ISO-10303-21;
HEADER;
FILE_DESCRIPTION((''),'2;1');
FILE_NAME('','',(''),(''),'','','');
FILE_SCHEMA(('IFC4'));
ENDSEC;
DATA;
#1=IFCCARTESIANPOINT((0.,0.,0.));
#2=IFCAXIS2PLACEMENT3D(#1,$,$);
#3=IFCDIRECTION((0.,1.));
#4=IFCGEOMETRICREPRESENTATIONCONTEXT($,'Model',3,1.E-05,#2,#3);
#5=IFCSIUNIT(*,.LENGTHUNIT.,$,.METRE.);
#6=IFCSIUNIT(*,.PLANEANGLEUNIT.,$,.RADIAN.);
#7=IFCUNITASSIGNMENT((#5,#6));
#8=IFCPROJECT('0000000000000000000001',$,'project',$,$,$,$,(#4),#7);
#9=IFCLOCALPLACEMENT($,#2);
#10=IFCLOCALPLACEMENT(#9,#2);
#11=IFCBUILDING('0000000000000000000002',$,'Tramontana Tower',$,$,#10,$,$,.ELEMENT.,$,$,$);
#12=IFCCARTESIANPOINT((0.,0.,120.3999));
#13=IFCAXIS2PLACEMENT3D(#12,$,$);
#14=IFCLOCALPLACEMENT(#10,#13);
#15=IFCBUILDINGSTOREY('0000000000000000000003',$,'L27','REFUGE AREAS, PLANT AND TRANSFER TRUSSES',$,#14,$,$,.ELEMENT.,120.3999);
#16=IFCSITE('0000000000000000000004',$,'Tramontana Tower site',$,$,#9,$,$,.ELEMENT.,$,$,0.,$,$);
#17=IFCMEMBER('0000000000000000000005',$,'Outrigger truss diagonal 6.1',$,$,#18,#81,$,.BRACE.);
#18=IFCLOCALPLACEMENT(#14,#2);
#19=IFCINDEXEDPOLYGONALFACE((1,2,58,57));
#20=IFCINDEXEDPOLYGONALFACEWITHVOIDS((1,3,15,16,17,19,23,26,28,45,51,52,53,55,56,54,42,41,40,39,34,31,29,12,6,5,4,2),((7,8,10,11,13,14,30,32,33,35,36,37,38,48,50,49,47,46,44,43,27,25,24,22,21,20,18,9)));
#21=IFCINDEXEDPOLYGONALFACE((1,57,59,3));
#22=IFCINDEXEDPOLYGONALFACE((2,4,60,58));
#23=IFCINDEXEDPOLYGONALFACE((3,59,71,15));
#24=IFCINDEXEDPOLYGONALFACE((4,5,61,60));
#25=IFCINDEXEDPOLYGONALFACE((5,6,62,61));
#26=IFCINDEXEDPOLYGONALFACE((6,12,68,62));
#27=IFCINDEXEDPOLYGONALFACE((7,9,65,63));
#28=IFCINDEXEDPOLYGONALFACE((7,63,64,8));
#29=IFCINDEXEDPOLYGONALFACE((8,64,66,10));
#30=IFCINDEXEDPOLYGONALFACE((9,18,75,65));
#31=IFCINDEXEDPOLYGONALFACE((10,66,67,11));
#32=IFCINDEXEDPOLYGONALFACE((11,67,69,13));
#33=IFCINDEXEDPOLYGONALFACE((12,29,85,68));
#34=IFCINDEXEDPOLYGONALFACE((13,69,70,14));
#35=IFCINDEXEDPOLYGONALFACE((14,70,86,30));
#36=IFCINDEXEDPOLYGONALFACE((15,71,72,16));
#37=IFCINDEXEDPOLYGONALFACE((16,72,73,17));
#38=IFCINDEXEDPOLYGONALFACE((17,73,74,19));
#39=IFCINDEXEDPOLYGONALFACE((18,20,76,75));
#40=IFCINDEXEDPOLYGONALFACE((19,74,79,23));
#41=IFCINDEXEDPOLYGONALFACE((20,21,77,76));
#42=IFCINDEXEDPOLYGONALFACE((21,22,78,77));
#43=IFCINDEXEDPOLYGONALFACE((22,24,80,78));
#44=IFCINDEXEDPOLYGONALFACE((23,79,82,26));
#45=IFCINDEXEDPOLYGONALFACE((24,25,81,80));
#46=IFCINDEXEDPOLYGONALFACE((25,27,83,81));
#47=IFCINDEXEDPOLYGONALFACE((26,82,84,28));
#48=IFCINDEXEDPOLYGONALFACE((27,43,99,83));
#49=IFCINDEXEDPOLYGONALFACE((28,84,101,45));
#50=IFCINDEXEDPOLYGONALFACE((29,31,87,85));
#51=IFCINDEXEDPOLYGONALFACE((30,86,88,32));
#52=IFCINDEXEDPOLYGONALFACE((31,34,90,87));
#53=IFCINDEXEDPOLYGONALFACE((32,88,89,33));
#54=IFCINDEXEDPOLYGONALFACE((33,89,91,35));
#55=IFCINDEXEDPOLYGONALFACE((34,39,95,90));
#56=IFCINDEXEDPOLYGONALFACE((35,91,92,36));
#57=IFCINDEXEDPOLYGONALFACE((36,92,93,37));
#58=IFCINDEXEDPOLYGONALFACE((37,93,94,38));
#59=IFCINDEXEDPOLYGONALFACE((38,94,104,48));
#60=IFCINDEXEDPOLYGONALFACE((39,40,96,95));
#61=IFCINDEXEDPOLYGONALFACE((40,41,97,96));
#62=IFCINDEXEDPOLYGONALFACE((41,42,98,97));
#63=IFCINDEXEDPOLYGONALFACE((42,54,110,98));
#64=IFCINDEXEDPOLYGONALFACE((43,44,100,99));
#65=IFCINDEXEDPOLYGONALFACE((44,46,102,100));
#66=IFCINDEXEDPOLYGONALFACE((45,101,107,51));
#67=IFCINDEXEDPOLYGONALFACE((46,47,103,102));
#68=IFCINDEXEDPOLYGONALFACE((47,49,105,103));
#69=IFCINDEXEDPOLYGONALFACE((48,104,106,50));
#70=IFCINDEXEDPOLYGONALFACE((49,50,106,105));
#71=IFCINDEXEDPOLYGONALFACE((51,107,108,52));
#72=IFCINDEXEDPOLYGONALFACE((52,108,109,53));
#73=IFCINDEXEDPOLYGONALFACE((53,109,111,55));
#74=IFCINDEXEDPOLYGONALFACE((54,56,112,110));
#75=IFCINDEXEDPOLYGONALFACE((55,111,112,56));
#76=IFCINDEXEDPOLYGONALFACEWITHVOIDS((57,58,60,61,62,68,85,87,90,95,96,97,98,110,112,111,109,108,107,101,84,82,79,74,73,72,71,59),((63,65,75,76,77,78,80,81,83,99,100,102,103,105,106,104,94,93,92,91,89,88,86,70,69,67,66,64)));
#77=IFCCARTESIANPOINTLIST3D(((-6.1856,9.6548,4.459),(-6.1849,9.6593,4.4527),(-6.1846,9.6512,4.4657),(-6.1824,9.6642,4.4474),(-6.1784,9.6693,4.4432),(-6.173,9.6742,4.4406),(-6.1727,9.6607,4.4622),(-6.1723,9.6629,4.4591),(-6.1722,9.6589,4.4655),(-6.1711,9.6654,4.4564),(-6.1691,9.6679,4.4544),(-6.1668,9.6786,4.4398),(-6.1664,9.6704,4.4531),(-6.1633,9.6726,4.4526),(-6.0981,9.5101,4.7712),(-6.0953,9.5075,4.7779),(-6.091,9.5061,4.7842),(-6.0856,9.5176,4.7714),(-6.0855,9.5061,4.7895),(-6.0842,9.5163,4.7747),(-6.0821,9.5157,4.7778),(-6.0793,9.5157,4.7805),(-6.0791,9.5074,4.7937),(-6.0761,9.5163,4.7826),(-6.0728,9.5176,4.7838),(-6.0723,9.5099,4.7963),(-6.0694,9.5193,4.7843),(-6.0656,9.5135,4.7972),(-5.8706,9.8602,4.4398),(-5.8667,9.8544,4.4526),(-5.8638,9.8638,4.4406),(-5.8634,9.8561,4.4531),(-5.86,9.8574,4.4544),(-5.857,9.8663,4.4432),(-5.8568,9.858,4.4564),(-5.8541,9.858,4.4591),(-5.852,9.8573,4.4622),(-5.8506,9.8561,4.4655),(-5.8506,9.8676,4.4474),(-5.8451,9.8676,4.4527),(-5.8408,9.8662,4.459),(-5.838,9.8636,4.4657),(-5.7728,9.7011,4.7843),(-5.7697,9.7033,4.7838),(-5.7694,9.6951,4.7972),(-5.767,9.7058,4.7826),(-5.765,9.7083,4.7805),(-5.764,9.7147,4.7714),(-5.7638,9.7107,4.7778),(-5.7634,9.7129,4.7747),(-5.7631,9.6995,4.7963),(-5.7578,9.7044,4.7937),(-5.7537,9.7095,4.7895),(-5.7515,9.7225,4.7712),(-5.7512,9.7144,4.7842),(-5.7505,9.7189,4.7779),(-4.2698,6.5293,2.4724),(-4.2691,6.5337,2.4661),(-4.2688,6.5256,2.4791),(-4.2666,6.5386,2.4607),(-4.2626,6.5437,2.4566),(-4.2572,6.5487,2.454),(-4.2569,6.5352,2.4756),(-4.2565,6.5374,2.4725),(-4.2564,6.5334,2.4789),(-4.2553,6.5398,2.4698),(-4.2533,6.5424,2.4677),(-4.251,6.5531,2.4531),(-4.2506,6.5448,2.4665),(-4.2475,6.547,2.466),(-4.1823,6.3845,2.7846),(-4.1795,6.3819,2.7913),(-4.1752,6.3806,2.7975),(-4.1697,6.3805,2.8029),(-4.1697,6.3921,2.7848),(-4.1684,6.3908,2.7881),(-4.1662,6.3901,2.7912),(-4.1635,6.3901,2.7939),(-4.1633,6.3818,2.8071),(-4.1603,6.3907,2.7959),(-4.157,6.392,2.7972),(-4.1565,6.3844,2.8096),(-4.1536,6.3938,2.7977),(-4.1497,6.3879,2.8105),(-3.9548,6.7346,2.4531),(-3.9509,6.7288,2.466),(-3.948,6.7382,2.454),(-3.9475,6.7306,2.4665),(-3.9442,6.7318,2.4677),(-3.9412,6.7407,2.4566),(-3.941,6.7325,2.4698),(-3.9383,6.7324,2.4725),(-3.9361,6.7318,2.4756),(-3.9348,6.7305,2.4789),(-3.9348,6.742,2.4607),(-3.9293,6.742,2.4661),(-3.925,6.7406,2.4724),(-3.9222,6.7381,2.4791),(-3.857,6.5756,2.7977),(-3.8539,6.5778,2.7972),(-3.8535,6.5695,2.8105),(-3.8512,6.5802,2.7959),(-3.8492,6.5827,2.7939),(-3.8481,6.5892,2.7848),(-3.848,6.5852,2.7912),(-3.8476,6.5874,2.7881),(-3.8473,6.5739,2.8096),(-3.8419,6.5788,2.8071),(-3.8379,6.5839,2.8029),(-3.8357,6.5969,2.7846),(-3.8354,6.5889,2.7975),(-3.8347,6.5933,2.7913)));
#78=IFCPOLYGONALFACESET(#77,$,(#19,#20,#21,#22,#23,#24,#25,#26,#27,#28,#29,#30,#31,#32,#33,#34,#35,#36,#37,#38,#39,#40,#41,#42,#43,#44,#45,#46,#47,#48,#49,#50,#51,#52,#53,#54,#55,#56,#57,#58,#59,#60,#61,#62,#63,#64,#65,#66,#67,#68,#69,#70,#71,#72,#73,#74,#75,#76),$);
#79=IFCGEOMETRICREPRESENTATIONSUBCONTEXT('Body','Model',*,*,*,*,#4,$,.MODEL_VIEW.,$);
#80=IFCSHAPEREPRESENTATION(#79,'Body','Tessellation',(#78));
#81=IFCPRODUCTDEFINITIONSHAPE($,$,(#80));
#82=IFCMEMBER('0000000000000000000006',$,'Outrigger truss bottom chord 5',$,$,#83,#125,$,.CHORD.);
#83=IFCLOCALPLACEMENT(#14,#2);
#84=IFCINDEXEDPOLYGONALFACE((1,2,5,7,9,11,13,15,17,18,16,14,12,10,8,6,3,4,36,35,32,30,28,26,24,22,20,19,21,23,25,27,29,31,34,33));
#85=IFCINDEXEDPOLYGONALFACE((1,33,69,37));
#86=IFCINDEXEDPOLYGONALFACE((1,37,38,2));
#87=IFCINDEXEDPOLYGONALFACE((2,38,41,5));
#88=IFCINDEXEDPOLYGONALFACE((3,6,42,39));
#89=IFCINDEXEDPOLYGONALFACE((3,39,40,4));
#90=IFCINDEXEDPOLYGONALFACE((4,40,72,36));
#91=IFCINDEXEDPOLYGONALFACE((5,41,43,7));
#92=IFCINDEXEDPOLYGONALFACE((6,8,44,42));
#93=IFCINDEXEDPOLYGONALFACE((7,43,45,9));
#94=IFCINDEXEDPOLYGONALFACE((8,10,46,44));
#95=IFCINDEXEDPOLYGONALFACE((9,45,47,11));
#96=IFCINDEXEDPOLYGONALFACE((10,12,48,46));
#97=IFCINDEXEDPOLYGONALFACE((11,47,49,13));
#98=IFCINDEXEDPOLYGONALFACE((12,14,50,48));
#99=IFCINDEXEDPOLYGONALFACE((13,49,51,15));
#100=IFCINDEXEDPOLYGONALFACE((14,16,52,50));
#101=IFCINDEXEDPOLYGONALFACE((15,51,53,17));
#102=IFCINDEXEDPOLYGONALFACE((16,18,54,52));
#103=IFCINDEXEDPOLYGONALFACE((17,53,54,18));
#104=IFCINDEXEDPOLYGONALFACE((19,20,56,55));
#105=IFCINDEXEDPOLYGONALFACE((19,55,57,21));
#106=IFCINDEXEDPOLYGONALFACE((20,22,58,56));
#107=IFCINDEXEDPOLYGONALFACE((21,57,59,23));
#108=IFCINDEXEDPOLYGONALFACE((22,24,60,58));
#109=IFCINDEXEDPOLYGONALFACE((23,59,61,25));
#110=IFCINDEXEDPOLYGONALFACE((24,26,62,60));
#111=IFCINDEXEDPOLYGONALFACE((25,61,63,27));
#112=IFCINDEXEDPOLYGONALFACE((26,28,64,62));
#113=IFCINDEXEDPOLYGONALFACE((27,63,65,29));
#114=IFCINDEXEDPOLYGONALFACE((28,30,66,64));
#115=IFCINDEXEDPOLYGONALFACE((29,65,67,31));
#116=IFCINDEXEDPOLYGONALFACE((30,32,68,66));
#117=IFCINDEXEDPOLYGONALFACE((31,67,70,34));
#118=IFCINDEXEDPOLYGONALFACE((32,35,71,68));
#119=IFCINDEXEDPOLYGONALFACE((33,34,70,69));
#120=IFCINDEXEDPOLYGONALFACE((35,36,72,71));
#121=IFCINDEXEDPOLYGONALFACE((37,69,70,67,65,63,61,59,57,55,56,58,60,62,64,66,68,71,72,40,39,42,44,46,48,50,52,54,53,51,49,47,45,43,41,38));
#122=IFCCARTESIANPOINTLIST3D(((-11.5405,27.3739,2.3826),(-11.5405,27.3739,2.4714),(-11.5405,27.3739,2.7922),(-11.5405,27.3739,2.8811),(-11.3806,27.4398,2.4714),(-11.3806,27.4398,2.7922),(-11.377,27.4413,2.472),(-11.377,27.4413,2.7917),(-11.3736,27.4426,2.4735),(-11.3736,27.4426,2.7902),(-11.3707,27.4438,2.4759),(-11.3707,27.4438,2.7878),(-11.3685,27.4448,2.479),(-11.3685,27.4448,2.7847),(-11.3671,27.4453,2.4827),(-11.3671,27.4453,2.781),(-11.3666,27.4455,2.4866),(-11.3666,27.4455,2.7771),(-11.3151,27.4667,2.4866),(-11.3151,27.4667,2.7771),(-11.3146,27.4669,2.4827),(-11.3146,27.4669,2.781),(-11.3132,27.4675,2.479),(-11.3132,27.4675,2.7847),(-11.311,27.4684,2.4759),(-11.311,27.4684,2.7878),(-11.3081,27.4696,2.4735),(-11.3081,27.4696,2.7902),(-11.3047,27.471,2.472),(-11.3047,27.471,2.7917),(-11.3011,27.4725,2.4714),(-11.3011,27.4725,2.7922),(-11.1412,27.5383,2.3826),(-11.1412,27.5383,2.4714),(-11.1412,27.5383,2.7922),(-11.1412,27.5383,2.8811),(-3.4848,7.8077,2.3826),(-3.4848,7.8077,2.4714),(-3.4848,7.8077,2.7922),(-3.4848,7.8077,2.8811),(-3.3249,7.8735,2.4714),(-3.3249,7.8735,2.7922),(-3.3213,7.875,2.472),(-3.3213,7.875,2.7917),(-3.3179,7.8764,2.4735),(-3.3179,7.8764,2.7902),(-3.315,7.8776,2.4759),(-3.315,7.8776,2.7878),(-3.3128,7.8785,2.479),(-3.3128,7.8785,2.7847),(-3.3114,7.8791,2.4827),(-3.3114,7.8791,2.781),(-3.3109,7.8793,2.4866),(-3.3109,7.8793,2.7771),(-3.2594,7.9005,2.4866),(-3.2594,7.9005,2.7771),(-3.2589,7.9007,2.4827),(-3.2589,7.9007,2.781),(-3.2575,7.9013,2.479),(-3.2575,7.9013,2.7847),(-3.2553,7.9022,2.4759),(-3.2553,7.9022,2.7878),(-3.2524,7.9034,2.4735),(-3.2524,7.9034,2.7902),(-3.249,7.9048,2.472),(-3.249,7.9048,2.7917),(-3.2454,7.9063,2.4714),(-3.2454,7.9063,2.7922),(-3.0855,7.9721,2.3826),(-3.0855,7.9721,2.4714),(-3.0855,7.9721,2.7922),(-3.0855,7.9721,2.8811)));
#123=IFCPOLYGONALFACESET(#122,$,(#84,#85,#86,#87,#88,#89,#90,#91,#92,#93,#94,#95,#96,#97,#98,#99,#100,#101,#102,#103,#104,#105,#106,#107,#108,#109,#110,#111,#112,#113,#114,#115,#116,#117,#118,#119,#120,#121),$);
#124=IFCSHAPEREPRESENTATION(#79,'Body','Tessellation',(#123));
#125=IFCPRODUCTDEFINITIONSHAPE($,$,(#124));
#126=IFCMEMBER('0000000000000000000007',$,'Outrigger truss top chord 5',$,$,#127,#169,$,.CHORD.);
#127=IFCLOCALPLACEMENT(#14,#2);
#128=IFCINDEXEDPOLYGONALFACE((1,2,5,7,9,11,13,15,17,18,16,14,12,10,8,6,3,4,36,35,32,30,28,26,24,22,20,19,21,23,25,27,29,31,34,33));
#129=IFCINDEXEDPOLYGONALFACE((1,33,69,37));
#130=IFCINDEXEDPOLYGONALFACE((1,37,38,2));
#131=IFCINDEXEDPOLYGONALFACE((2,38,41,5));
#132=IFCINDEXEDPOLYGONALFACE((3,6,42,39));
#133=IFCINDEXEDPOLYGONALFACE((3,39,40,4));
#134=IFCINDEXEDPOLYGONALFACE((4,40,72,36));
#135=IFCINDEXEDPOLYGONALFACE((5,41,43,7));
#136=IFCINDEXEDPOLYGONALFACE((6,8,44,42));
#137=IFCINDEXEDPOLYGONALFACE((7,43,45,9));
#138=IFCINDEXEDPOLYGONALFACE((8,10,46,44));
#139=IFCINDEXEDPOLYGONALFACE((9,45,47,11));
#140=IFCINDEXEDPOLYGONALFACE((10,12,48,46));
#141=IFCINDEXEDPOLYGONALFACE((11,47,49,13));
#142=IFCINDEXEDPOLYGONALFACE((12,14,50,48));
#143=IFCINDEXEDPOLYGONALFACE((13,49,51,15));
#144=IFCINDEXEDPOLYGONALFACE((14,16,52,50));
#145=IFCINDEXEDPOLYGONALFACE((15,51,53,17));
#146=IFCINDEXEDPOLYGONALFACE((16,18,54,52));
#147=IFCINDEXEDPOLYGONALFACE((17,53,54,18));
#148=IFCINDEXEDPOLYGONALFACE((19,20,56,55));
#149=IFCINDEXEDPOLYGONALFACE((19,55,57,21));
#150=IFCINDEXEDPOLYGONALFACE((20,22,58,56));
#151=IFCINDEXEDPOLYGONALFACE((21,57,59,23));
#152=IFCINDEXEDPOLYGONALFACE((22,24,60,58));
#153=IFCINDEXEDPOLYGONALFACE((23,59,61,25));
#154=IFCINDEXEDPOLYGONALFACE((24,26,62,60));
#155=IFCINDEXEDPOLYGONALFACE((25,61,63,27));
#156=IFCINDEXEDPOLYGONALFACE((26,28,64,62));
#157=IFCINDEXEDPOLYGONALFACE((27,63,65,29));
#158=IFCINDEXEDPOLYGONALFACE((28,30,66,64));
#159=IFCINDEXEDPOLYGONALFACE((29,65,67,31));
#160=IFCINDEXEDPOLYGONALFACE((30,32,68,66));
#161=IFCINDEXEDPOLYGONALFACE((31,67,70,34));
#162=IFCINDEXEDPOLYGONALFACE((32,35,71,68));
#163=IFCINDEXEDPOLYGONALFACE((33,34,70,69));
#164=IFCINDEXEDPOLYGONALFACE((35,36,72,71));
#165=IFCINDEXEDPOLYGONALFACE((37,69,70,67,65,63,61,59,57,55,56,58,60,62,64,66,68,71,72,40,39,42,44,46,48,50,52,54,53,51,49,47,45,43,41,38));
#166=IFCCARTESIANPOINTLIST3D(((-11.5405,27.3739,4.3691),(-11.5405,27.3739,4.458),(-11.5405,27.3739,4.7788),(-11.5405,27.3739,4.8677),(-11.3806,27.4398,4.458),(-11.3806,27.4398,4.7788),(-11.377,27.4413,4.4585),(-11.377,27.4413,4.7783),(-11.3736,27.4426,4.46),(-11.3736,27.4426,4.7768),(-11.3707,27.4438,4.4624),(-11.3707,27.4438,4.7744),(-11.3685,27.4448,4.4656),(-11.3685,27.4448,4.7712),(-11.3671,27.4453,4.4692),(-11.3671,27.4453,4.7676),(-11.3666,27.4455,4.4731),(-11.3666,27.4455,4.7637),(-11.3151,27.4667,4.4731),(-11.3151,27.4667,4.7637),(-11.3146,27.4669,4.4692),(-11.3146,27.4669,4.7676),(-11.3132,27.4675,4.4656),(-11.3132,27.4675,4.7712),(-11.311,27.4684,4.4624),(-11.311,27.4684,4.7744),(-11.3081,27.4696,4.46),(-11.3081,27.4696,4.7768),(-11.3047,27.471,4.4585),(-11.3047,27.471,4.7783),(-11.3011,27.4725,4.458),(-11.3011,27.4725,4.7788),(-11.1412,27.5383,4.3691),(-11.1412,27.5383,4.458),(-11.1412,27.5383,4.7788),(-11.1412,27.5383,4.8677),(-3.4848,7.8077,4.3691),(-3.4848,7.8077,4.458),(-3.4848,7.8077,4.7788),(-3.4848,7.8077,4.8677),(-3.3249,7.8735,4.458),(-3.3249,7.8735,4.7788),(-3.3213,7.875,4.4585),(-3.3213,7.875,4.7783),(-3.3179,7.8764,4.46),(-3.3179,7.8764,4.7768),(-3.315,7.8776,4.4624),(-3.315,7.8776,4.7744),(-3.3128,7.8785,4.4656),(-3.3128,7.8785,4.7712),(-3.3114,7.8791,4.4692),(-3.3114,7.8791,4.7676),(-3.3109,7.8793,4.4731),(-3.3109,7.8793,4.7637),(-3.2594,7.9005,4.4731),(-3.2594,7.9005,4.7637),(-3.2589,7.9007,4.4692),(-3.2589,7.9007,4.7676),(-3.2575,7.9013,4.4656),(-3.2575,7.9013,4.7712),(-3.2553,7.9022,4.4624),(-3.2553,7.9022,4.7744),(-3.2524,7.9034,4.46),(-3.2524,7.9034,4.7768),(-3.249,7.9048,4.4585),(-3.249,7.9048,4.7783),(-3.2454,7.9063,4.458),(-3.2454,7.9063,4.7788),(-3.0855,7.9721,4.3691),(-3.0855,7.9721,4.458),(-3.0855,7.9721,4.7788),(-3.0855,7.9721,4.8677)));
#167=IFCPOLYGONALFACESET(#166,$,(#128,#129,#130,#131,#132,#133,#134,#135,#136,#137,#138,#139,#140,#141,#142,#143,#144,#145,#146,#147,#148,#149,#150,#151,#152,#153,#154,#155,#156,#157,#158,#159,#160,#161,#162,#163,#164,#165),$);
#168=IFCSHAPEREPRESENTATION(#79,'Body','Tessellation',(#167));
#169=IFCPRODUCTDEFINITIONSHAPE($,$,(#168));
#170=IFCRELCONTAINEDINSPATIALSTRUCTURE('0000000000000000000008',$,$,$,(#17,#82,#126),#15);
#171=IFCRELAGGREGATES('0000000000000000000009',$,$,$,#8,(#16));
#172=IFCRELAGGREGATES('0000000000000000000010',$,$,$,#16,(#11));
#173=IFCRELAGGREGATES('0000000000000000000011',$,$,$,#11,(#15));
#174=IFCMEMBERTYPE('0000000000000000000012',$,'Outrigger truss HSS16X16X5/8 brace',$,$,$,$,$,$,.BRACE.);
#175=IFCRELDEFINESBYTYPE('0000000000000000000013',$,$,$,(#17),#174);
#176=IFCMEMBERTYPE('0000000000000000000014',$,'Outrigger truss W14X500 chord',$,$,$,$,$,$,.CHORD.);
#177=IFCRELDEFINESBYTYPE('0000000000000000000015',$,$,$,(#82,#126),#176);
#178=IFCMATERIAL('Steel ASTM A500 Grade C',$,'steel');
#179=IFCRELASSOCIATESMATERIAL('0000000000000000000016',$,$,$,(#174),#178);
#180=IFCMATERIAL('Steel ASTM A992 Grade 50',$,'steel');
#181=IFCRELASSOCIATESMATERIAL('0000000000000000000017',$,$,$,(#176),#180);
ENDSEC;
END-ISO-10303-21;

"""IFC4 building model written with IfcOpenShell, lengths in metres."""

from ifc_helpers import new_model, si_unit, direction, frame, origin, origin_2d, place, context, subcontext, project, spatial, hollow_rectangle, i_section, extrude, material, material_profile, profile_set, type_object, element, save


model = new_model("IFC4")

# Units and contexts
model_context = context("Model", 3, precision=1e-05, world=origin(), true_north=direction((0.0, 1.0)))
body_context = subcontext(model_context, "Body", "Model", "MODEL_VIEW")
ifc_project = project(units=[si_unit("LENGTHUNIT", "METRE"), si_unit("PLANEANGLEUNIT", "RADIAN")], contexts=[model_context])

# Site, building, storey
site_placement = place(None, origin())
site = spatial("IfcSite", under=ifc_project, at=site_placement, Name="Tramontana Tower site", CompositionType="ELEMENT", RefElevation=0.0)
building_placement = place(site_placement, origin())
building = spatial("IfcBuilding", under=site, at=building_placement, Name="Tramontana Tower", CompositionType="ELEMENT")
storey_placement = place(building_placement, frame((0.0, 0.0, 120.3999)))
storey = spatial("IfcBuildingStorey", under=building, at=storey_placement, Name="L27", Description="REFUGE AREAS, PLANT AND TRANSFER TRUSSES", CompositionType="ELEMENT", Elevation=120.3999)

# Members
ifc_material_1 = material(Name="Steel ASTM A500 Grade C", Category="steel")
ifc_material_profile_1 = material_profile(ifc_material_1, hollow_rectangle(XDim=0.4065, YDim=0.4065, WallThickness=0.0146, InnerFilletRadius=0.0146, OuterFilletRadius=0.0295, at=origin_2d()), Name="HSS16X16X5/8")
ifc_profile_set_1 = profile_set([ifc_material_profile_1], Name="Steel ASTM A500 Grade C")
member_type_1 = type_object("IfcMemberType", Name="Outrigger truss HSS16X16X5/8 brace", PredefinedType="BRACE", material=ifc_profile_set_1)
member_placement = place(storey_placement, frame((-4.0522, 6.5613, 2.6318), z_axis=(-0.459465, 0.749595, 0.476445), x_axis=(-0.852583, -0.522592, 0.0)))
element("IfcMember", 1, at=member_placement, inside=storey, type_object=member_type_1, Name="Outrigger truss diagonal 6.1", PredefinedType="BRACE", context=body_context, shape_type="SweptSolid", body=[
    extrude(hollow_rectangle(XDim=0.4065, YDim=0.4065, WallThickness=0.0146, InnerFilletRadius=0.0146, OuterFilletRadius=0.0295, at=origin_2d()), origin(), (0.0, 0.0, 1.0), 4.1697),
])
ifc_material_2 = material(Name="Steel ASTM A992 Grade 50", Category="steel")
ifc_material_profile_2 = material_profile(ifc_material_2, i_section(OverallWidth=0.4319, OverallDepth=0.4985, WebThickness=0.0557, FlangeThickness=0.0889, FilletRadius=0.0151, at=origin_2d()), Name="W14X500")
ifc_profile_set_2 = profile_set([ifc_material_profile_2], Name="Steel ASTM A992 Grade 50")
member_type_2 = type_object("IfcMemberType", Name="Outrigger truss W14X500 chord", PredefinedType="CHORD", material=ifc_profile_set_2)
for number, where, z_axis, x_axis, name in (
    (2, (-3.2852, 7.8899, 2.6318), (-0.38071, 0.924695, 0.0), (-0.924695, -0.38071, 0.0), "Outrigger truss bottom chord 5"),
    (3, (-3.2852, 7.8899, 4.6184), (-0.38071, 0.924695, 0.0), (-0.924695, -0.38071, 0.0), "Outrigger truss top chord 5"),
):
    element("IfcMember", number, at=place(storey_placement, frame(where, z_axis=z_axis, x_axis=x_axis)), inside=storey, type_object=member_type_2, Name=name, PredefinedType="CHORD", context=body_context, shape_type="SweptSolid", body=[
        extrude(i_section(OverallWidth=0.4319, OverallDepth=0.4985, WebThickness=0.0557, FlangeThickness=0.0889, FilletRadius=0.0151, at=origin_2d()), origin(), (0.0, 0.0, 1.0), 21.1597),
    ])

save(model, "model.ifc")
